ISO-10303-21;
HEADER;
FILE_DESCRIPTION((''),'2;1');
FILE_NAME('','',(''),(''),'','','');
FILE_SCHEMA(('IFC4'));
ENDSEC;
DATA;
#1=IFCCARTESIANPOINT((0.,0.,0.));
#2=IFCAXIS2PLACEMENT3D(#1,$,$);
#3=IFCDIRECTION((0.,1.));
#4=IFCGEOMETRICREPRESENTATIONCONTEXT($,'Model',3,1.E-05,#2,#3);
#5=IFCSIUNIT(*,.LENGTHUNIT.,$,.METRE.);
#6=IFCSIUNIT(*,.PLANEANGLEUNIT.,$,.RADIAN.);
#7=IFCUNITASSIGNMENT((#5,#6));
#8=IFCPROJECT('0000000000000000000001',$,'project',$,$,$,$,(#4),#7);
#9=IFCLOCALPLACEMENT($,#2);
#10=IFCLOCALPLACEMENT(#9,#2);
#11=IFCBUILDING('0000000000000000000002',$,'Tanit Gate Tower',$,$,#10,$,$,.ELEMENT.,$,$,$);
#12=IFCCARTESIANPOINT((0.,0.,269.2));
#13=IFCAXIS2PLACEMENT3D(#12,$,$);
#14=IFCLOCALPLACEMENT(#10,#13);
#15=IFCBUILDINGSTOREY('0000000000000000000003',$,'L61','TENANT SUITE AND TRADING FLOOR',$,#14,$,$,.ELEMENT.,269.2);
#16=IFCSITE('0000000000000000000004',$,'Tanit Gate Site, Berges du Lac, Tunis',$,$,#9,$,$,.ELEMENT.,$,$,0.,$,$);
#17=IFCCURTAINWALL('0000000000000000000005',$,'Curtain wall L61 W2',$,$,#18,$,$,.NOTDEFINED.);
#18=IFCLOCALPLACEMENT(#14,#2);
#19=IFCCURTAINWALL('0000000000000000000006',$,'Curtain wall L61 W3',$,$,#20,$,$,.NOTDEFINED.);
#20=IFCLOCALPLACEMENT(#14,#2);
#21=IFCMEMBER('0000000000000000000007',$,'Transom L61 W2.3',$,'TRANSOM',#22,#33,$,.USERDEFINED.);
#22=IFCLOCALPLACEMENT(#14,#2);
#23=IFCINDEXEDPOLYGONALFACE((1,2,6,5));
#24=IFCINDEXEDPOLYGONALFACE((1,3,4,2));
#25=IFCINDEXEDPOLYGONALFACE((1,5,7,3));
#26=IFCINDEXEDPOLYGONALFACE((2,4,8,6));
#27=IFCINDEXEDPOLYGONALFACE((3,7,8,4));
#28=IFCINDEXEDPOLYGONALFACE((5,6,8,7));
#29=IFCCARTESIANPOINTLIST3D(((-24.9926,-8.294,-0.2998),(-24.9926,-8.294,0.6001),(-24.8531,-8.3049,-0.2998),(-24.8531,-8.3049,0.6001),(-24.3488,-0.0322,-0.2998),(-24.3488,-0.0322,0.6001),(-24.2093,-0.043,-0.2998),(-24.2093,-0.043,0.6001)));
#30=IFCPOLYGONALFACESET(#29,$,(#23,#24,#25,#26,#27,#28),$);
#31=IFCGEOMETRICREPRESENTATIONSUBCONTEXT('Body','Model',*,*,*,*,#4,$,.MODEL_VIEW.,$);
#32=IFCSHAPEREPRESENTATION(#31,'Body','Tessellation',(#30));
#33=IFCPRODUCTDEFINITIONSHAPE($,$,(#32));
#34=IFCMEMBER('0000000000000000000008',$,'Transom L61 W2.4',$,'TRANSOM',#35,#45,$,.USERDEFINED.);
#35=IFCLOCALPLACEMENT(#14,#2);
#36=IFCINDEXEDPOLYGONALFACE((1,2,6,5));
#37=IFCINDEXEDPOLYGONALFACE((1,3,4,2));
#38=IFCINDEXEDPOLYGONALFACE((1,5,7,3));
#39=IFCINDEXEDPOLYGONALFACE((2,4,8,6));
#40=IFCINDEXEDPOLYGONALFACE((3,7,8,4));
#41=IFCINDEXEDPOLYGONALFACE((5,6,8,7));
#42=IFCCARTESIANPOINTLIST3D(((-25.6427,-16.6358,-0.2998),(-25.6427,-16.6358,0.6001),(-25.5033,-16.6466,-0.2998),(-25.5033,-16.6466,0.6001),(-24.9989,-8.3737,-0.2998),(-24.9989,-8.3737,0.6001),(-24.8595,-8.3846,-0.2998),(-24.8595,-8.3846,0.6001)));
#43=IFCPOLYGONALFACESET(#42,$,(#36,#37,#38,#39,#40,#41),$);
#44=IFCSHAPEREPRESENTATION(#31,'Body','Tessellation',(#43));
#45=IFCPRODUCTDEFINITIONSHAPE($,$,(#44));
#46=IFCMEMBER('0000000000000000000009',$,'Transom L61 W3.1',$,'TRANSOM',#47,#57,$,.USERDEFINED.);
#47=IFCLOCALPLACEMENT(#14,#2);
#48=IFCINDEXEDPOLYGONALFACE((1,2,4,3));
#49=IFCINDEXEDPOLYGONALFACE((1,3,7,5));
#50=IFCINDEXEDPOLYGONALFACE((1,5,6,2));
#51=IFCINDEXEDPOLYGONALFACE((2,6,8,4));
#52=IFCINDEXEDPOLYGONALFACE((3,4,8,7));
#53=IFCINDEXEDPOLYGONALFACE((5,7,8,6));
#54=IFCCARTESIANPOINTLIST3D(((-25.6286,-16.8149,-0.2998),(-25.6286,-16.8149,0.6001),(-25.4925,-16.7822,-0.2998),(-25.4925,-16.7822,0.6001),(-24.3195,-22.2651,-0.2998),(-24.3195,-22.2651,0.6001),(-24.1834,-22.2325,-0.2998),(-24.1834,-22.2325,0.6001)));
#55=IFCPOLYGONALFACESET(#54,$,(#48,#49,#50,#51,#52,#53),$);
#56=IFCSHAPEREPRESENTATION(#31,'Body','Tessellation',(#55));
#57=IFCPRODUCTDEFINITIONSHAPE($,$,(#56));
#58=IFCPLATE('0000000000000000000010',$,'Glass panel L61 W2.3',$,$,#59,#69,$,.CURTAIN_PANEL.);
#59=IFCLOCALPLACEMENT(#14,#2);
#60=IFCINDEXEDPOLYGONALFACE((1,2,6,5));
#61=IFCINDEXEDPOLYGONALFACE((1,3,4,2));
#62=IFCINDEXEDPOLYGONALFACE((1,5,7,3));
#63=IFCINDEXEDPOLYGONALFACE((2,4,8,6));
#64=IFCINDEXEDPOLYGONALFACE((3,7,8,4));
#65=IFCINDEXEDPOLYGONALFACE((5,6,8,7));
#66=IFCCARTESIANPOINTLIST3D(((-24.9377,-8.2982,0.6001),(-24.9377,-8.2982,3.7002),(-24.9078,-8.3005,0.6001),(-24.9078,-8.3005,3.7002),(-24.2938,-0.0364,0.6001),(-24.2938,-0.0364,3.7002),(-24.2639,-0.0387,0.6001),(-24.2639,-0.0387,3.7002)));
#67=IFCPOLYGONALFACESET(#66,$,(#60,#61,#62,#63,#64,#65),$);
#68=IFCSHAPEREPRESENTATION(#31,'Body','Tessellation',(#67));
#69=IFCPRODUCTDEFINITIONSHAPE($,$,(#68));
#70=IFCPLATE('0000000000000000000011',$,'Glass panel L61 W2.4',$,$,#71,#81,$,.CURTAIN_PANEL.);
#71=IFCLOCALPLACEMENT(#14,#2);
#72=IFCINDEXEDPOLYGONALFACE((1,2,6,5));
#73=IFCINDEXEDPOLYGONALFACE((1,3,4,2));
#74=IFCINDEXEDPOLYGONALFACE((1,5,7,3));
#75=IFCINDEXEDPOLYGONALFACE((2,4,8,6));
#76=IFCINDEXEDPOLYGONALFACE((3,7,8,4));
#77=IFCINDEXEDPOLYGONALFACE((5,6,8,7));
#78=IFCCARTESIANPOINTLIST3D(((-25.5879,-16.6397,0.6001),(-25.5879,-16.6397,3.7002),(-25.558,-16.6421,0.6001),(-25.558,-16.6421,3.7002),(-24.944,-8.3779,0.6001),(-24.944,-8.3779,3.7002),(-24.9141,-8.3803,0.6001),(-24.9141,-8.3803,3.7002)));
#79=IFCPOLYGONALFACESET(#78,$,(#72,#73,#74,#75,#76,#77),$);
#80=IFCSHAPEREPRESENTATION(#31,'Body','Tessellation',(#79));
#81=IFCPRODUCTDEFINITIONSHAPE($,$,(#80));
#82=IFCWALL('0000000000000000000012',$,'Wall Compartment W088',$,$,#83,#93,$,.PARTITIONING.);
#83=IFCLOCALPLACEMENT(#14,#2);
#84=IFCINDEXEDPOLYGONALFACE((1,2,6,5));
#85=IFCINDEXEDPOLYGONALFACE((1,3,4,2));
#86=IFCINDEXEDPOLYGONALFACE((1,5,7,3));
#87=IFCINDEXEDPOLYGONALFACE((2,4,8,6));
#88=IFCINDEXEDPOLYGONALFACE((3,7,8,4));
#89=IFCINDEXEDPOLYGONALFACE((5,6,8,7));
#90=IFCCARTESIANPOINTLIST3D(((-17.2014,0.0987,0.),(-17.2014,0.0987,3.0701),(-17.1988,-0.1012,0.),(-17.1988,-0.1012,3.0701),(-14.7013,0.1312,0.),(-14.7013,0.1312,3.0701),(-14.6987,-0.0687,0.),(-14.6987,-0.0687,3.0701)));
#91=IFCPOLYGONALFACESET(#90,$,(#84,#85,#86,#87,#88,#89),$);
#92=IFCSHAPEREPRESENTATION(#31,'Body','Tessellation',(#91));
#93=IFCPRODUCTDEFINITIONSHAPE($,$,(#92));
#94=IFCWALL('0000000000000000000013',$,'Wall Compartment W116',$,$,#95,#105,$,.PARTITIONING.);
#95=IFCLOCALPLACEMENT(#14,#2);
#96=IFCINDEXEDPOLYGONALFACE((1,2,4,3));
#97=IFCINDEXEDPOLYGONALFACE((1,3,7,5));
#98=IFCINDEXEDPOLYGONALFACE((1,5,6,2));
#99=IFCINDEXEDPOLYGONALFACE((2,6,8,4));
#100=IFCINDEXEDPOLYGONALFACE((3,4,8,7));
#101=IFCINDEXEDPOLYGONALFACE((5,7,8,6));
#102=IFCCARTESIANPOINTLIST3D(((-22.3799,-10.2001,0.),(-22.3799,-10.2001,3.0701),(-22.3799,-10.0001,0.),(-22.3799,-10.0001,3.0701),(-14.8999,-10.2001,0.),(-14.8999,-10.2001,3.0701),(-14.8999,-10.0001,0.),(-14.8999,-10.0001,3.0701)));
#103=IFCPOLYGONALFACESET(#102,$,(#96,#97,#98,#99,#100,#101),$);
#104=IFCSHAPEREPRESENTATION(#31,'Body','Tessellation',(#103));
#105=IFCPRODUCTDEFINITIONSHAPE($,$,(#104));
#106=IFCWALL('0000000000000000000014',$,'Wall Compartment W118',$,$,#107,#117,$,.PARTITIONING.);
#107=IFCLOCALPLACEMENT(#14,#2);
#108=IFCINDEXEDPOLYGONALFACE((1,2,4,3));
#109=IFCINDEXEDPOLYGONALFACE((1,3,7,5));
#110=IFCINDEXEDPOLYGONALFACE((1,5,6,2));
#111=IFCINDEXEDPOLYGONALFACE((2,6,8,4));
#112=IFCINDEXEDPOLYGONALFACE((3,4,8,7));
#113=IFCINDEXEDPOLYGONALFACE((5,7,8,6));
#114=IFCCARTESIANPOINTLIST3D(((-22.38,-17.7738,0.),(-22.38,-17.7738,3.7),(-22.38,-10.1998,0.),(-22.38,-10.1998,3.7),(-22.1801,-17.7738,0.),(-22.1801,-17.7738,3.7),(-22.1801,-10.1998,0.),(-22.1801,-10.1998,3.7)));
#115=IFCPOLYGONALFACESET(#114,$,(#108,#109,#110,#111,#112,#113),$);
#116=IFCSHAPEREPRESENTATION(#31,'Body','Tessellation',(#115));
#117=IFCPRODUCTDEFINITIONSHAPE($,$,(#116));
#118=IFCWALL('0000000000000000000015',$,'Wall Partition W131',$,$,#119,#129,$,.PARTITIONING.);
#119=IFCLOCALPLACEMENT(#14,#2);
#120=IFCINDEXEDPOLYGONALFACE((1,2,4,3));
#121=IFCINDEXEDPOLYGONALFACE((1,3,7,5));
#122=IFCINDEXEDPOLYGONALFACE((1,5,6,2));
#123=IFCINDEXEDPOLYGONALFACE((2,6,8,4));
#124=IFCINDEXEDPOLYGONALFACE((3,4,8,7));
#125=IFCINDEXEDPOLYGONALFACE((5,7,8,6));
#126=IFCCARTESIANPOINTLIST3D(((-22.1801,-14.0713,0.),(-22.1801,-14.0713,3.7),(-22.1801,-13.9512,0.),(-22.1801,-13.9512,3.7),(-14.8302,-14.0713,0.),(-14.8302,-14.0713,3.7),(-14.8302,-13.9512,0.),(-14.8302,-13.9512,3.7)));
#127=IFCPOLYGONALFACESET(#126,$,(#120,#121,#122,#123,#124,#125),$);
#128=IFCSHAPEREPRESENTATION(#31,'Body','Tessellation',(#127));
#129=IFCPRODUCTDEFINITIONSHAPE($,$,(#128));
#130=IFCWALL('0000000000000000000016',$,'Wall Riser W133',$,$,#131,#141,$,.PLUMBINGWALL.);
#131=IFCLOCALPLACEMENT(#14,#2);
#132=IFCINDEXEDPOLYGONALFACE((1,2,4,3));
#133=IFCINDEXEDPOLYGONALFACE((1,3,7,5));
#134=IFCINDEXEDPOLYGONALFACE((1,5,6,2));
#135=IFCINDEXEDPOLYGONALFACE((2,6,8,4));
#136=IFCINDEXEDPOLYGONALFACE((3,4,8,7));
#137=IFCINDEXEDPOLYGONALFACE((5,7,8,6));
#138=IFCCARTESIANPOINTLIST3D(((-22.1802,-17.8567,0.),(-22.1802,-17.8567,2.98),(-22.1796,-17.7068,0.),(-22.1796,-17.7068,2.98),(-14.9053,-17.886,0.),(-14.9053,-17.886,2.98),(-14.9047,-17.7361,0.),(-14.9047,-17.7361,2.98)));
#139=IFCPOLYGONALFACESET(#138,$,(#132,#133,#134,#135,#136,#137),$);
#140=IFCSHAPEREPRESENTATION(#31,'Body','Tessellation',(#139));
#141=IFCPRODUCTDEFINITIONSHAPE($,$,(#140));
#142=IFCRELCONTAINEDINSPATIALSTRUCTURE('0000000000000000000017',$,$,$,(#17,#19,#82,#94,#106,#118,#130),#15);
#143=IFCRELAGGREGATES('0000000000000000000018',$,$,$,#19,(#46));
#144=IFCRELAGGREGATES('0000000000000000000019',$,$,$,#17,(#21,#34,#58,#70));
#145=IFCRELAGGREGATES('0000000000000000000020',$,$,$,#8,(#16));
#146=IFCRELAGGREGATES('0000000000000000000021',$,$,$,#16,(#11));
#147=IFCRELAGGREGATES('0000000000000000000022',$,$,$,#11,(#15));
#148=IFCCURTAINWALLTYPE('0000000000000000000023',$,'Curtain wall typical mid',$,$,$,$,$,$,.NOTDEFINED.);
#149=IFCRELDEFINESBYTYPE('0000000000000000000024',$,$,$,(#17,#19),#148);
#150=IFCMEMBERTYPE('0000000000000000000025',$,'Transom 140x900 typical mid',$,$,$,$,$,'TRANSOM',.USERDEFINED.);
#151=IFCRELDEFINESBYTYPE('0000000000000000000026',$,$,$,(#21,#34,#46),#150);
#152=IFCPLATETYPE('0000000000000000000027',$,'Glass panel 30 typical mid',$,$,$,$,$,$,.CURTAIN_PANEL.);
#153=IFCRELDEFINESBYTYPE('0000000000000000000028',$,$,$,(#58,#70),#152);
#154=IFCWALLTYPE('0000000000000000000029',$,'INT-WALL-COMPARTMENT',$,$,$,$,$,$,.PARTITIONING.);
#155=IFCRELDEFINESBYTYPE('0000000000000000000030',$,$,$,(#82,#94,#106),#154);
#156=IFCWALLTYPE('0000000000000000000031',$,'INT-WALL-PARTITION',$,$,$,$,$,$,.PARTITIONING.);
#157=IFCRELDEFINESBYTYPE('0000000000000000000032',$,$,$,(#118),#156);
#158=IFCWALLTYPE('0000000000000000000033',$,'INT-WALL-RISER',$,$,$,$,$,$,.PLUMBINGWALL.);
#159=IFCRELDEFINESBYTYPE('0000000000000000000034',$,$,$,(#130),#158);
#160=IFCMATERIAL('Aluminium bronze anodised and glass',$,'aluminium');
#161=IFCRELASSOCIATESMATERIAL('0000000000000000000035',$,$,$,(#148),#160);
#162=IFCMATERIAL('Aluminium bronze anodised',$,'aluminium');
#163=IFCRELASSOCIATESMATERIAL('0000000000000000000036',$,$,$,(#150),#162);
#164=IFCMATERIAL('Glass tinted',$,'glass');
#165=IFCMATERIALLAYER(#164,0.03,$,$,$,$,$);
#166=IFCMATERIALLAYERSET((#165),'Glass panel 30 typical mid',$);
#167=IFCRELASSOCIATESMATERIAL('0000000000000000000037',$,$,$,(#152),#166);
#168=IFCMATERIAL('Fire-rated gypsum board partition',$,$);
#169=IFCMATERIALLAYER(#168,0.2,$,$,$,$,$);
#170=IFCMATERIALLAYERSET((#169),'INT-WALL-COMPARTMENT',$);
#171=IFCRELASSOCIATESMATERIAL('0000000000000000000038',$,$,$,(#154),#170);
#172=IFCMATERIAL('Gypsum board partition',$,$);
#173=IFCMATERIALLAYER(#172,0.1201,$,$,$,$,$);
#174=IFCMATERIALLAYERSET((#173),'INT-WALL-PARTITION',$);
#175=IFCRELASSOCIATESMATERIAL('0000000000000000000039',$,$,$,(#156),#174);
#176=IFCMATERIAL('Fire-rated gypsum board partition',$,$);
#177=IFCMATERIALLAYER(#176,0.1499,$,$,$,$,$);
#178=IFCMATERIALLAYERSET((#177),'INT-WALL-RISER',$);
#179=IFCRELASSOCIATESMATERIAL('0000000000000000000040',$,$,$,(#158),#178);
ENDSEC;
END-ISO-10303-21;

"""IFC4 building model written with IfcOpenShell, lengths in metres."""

from ifc_helpers import new_model, si_unit, direction, frame, frame_2d, origin, origin_2d, place, context, subcontext, project, spatial, rectangle, extrude, material, layer, layer_set, material_profile, profile_set, type_object, element, aggregate, save


model = new_model("IFC4")

# Units and contexts
model_context = context("Model", 3, precision=1e-05, world=origin(), true_north=direction((0.0, 1.0)))
body_context = subcontext(model_context, "Body", "Model", "MODEL_VIEW")
ifc_project = project(units=[si_unit("LENGTHUNIT", "METRE"), si_unit("PLANEANGLEUNIT", "RADIAN")], contexts=[model_context])

# Site, building, storey
site_placement = place(None, origin())
site = spatial("IfcSite", under=ifc_project, at=site_placement, Name="Tanit Gate Site, Berges du Lac, Tunis", CompositionType="ELEMENT", RefElevation=0.0)
building_placement = place(site_placement, origin())
building = spatial("IfcBuilding", under=site, at=building_placement, Name="Tanit Gate Tower", CompositionType="ELEMENT")
storey_placement = place(building_placement, frame((0.0, 0.0, 269.2)))
storey = spatial("IfcBuildingStorey", under=building, at=storey_placement, Name="L61", Description="TENANT SUITE AND TRADING FLOOR", CompositionType="ELEMENT", Elevation=269.2)

# Curtain wall
ifc_material_1 = material(Name="Aluminium bronze anodised and glass", Category="aluminium")
curtain_wall_type = type_object("IfcCurtainWallType", Name="Curtain wall typical mid", PredefinedType="NOTDEFINED", material=ifc_material_1)
curtain_wall_1_placement = place(storey_placement, origin())
curtain_wall_1 = element("IfcCurtainWall", 1, at=curtain_wall_1_placement, inside=storey, type_object=curtain_wall_type, Name="Curtain wall L61 W2", PredefinedType="NOTDEFINED")

# Curtain wall
curtain_wall_2_placement = place(storey_placement, origin())
curtain_wall_2 = element("IfcCurtainWall", 2, at=curtain_wall_2_placement, inside=storey, type_object=curtain_wall_type, Name="Curtain wall L61 W3", PredefinedType="NOTDEFINED")

# Members
ifc_material_2 = material(Name="Aluminium bronze anodised", Category="aluminium")
ifc_material_profile_1 = material_profile(ifc_material_2, rectangle(XDim=0.1399, YDim=0.8999, at=origin_2d()), Name="140x900 bronze transom")
ifc_profile_set_1 = profile_set([ifc_material_profile_1], Name="Aluminium bronze anodised")
member_type_1 = type_object("IfcMemberType", Name="Transom 140x900 typical mid", ElementType="TRANSOM", PredefinedType="USERDEFINED", material=ifc_profile_set_1)
member_1_placement = place(storey_placement, frame((-24.2791, -0.0376, 0.1501), z_axis=(-0.07769, -0.996978, 0.0), x_axis=(0.996978, -0.07769, 0.0)))
member_1 = element("IfcMember", 3, at=member_1_placement, type_object=member_type_1, Name="Transom L61 W2.3", ObjectType="TRANSOM", PredefinedType="USERDEFINED", context=body_context, shape_type="SweptSolid", body=[
    extrude(rectangle(XDim=0.1399, YDim=0.8999, at=origin_2d()), origin(), (0.0, 0.0, 1.0), 8.2869),
])
member_2_placement = place(storey_placement, frame((-24.9292, -8.3792, 0.1501), z_axis=(-0.077688, -0.996978, 0.0), x_axis=(0.996978, -0.077688, 0.0)))
member_2 = element("IfcMember", 4, at=member_2_placement, type_object=member_type_1, Name="Transom L61 W2.4", ObjectType="TRANSOM", PredefinedType="USERDEFINED", context=body_context, shape_type="SweptSolid", body=[
    extrude(rectangle(XDim=0.1399, YDim=0.8999, at=origin_2d()), origin(), (0.0, 0.0, 1.0), 8.2871),
])
member_3_placement = place(storey_placement, frame((-25.5605, -16.7986, 0.1501), z_axis=(0.233548, -0.972345, 0.0), x_axis=(0.972345, 0.233548, 0.0)))
member_3 = element("IfcMember", 5, at=member_3_placement, type_object=member_type_1, Name="Transom L61 W3.1", ObjectType="TRANSOM", PredefinedType="USERDEFINED", context=body_context, shape_type="SweptSolid", body=[
    extrude(rectangle(XDim=0.1399, YDim=0.8999, at=origin_2d()), origin(), (0.0, 0.0, 1.0), 5.6052),
])
aggregate(curtain_wall_2, [member_3])

# Plates
ifc_material_3 = material(Name="Glass tinted", Category="glass")
ifc_layer_1 = layer(ifc_material_3, 0.03)
ifc_layer_set_1 = layer_set([ifc_layer_1], Name="Glass panel 30 typical mid")
plate_type = type_object("IfcPlateType", Name="Glass panel 30 typical mid", PredefinedType="CURTAIN_PANEL", material=ifc_layer_set_1)
plate_1_placement = place(storey_placement, frame((-24.6008, -4.1685, 0.6001), z_axis=(0.0, 0.0, 1.0), x_axis=(-0.077701, -0.996977, 0.0)))
plate_1 = element("IfcPlate", 6, at=plate_1_placement, type_object=plate_type, Name="Glass panel L61 W2.3", PredefinedType="CURTAIN_PANEL", context=body_context, shape_type="SweptSolid", body=[
    extrude(rectangle(XDim=8.2869, YDim=0.03, at=origin_2d()), origin(), (0.0, 0.0, 1.0), 3.1001),
])
plate_2_placement = place(storey_placement, frame((-25.251, -12.51, 0.6001), z_axis=(0.0, 0.0, 1.0), x_axis=(-0.077701, -0.996977, 0.0)))
plate_2 = element("IfcPlate", 7, at=plate_2_placement, type_object=plate_type, Name="Glass panel L61 W2.4", PredefinedType="CURTAIN_PANEL", context=body_context, shape_type="SweptSolid", body=[
    extrude(rectangle(XDim=8.2869, YDim=0.03, at=origin_2d()), origin(), (0.0, 0.0, 1.0), 3.1001),
])
aggregate(curtain_wall_1, [member_1, member_2, plate_1, plate_2])

# Walls
ifc_material_4 = material(Name="Fire-rated gypsum board partition")
ifc_layer_2 = layer(ifc_material_4, 0.2)
ifc_layer_set_2 = layer_set([ifc_layer_2], Name="INT-WALL-COMPARTMENT")
wall_type_1 = type_object("IfcWallType", Name="INT-WALL-COMPARTMENT", PredefinedType="PARTITIONING", material=ifc_layer_set_2)
wall_1_placement = place(storey_placement, frame((-17.2, -0.0012, 0.0), z_axis=(0.0, 0.0, 1.0), x_axis=(0.999916, 0.012987, 0.0)))
element("IfcWall", 8, at=wall_1_placement, inside=storey, type_object=wall_type_1, Name="Wall Compartment W088", PredefinedType="PARTITIONING", context=body_context, shape_type="SweptSolid", body=[
    extrude(rectangle(XDim=2.5002, YDim=0.2, at=frame_2d((1.25, 0.0))), origin(), (0.0, 0.0, 1.0), 3.0701),
])
wall_2_placement = place(storey_placement, frame((-14.8999, -10.1001, 0.0), z_axis=(0.0, 0.0, 1.0), x_axis=(-1.0, 0.0, 0.0)))
element("IfcWall", 9, at=wall_2_placement, inside=storey, type_object=wall_type_1, Name="Wall Compartment W116", PredefinedType="PARTITIONING", context=body_context, shape_type="SweptSolid", body=[
    extrude(rectangle(XDim=7.48, YDim=0.2, at=frame_2d((3.74, 0.0))), origin(), (0.0, 0.0, 1.0), 3.0701),
])
wall_3_placement = place(storey_placement, frame((-22.28, -17.7739, 0.0), z_axis=(0.0, 0.0, 1.0), x_axis=(0.0, 1.0, 0.0)))
element("IfcWall", 10, at=wall_3_placement, inside=storey, type_object=wall_type_1, Name="Wall Compartment W118", PredefinedType="PARTITIONING", context=body_context, shape_type="SweptSolid", body=[
    extrude(rectangle(XDim=7.574, YDim=0.2, at=frame_2d((3.7871, 0.0))), origin(), (0.0, 0.0, 1.0), 3.7),
])
ifc_material_5 = material(Name="Gypsum board partition")
ifc_layer_3 = layer(ifc_material_5, 0.1201)
ifc_layer_set_3 = layer_set([ifc_layer_3], Name="INT-WALL-PARTITION")
wall_type_2 = type_object("IfcWallType", Name="INT-WALL-PARTITION", PredefinedType="PARTITIONING", material=ifc_layer_set_3)
wall_4_placement = place(storey_placement, frame((-22.1799, -14.0112, 0.0), z_axis=(0.0, 0.0, 1.0), x_axis=(1.0, 0.0, 0.0)))
element("IfcWall", 11, at=wall_4_placement, inside=storey, type_object=wall_type_2, Name="Wall Partition W131", PredefinedType="PARTITIONING", context=body_context, shape_type="SweptSolid", body=[
    extrude(rectangle(XDim=7.3499, YDim=0.1201, at=frame_2d((3.6748, 0.0))), origin(), (0.0, 0.0, 1.0), 3.7),
])
ifc_material_6 = material(Name="Fire-rated gypsum board partition")
ifc_layer_4 = layer(ifc_material_6, 0.1499)
ifc_layer_set_4 = layer_set([ifc_layer_4], Name="INT-WALL-RISER")
wall_type_3 = type_object("IfcWallType", Name="INT-WALL-RISER", PredefinedType="PLUMBINGWALL", material=ifc_layer_set_4)
wall_5_placement = place(storey_placement, frame((-14.905, -17.811, 0.0), z_axis=(0.0, 0.0, 1.0), x_axis=(-0.999992, 0.004027, 0.0)))
element("IfcWall", 12, at=wall_5_placement, inside=storey, type_object=wall_type_3, Name="Wall Riser W133", PredefinedType="PLUMBINGWALL", context=body_context, shape_type="SweptSolid", body=[
    extrude(rectangle(XDim=7.2749, YDim=0.1499, at=frame_2d((3.6375, 0.0))), origin(), (0.0, 0.0, 1.0), 2.98),
])

save(model, "model.ifc")
